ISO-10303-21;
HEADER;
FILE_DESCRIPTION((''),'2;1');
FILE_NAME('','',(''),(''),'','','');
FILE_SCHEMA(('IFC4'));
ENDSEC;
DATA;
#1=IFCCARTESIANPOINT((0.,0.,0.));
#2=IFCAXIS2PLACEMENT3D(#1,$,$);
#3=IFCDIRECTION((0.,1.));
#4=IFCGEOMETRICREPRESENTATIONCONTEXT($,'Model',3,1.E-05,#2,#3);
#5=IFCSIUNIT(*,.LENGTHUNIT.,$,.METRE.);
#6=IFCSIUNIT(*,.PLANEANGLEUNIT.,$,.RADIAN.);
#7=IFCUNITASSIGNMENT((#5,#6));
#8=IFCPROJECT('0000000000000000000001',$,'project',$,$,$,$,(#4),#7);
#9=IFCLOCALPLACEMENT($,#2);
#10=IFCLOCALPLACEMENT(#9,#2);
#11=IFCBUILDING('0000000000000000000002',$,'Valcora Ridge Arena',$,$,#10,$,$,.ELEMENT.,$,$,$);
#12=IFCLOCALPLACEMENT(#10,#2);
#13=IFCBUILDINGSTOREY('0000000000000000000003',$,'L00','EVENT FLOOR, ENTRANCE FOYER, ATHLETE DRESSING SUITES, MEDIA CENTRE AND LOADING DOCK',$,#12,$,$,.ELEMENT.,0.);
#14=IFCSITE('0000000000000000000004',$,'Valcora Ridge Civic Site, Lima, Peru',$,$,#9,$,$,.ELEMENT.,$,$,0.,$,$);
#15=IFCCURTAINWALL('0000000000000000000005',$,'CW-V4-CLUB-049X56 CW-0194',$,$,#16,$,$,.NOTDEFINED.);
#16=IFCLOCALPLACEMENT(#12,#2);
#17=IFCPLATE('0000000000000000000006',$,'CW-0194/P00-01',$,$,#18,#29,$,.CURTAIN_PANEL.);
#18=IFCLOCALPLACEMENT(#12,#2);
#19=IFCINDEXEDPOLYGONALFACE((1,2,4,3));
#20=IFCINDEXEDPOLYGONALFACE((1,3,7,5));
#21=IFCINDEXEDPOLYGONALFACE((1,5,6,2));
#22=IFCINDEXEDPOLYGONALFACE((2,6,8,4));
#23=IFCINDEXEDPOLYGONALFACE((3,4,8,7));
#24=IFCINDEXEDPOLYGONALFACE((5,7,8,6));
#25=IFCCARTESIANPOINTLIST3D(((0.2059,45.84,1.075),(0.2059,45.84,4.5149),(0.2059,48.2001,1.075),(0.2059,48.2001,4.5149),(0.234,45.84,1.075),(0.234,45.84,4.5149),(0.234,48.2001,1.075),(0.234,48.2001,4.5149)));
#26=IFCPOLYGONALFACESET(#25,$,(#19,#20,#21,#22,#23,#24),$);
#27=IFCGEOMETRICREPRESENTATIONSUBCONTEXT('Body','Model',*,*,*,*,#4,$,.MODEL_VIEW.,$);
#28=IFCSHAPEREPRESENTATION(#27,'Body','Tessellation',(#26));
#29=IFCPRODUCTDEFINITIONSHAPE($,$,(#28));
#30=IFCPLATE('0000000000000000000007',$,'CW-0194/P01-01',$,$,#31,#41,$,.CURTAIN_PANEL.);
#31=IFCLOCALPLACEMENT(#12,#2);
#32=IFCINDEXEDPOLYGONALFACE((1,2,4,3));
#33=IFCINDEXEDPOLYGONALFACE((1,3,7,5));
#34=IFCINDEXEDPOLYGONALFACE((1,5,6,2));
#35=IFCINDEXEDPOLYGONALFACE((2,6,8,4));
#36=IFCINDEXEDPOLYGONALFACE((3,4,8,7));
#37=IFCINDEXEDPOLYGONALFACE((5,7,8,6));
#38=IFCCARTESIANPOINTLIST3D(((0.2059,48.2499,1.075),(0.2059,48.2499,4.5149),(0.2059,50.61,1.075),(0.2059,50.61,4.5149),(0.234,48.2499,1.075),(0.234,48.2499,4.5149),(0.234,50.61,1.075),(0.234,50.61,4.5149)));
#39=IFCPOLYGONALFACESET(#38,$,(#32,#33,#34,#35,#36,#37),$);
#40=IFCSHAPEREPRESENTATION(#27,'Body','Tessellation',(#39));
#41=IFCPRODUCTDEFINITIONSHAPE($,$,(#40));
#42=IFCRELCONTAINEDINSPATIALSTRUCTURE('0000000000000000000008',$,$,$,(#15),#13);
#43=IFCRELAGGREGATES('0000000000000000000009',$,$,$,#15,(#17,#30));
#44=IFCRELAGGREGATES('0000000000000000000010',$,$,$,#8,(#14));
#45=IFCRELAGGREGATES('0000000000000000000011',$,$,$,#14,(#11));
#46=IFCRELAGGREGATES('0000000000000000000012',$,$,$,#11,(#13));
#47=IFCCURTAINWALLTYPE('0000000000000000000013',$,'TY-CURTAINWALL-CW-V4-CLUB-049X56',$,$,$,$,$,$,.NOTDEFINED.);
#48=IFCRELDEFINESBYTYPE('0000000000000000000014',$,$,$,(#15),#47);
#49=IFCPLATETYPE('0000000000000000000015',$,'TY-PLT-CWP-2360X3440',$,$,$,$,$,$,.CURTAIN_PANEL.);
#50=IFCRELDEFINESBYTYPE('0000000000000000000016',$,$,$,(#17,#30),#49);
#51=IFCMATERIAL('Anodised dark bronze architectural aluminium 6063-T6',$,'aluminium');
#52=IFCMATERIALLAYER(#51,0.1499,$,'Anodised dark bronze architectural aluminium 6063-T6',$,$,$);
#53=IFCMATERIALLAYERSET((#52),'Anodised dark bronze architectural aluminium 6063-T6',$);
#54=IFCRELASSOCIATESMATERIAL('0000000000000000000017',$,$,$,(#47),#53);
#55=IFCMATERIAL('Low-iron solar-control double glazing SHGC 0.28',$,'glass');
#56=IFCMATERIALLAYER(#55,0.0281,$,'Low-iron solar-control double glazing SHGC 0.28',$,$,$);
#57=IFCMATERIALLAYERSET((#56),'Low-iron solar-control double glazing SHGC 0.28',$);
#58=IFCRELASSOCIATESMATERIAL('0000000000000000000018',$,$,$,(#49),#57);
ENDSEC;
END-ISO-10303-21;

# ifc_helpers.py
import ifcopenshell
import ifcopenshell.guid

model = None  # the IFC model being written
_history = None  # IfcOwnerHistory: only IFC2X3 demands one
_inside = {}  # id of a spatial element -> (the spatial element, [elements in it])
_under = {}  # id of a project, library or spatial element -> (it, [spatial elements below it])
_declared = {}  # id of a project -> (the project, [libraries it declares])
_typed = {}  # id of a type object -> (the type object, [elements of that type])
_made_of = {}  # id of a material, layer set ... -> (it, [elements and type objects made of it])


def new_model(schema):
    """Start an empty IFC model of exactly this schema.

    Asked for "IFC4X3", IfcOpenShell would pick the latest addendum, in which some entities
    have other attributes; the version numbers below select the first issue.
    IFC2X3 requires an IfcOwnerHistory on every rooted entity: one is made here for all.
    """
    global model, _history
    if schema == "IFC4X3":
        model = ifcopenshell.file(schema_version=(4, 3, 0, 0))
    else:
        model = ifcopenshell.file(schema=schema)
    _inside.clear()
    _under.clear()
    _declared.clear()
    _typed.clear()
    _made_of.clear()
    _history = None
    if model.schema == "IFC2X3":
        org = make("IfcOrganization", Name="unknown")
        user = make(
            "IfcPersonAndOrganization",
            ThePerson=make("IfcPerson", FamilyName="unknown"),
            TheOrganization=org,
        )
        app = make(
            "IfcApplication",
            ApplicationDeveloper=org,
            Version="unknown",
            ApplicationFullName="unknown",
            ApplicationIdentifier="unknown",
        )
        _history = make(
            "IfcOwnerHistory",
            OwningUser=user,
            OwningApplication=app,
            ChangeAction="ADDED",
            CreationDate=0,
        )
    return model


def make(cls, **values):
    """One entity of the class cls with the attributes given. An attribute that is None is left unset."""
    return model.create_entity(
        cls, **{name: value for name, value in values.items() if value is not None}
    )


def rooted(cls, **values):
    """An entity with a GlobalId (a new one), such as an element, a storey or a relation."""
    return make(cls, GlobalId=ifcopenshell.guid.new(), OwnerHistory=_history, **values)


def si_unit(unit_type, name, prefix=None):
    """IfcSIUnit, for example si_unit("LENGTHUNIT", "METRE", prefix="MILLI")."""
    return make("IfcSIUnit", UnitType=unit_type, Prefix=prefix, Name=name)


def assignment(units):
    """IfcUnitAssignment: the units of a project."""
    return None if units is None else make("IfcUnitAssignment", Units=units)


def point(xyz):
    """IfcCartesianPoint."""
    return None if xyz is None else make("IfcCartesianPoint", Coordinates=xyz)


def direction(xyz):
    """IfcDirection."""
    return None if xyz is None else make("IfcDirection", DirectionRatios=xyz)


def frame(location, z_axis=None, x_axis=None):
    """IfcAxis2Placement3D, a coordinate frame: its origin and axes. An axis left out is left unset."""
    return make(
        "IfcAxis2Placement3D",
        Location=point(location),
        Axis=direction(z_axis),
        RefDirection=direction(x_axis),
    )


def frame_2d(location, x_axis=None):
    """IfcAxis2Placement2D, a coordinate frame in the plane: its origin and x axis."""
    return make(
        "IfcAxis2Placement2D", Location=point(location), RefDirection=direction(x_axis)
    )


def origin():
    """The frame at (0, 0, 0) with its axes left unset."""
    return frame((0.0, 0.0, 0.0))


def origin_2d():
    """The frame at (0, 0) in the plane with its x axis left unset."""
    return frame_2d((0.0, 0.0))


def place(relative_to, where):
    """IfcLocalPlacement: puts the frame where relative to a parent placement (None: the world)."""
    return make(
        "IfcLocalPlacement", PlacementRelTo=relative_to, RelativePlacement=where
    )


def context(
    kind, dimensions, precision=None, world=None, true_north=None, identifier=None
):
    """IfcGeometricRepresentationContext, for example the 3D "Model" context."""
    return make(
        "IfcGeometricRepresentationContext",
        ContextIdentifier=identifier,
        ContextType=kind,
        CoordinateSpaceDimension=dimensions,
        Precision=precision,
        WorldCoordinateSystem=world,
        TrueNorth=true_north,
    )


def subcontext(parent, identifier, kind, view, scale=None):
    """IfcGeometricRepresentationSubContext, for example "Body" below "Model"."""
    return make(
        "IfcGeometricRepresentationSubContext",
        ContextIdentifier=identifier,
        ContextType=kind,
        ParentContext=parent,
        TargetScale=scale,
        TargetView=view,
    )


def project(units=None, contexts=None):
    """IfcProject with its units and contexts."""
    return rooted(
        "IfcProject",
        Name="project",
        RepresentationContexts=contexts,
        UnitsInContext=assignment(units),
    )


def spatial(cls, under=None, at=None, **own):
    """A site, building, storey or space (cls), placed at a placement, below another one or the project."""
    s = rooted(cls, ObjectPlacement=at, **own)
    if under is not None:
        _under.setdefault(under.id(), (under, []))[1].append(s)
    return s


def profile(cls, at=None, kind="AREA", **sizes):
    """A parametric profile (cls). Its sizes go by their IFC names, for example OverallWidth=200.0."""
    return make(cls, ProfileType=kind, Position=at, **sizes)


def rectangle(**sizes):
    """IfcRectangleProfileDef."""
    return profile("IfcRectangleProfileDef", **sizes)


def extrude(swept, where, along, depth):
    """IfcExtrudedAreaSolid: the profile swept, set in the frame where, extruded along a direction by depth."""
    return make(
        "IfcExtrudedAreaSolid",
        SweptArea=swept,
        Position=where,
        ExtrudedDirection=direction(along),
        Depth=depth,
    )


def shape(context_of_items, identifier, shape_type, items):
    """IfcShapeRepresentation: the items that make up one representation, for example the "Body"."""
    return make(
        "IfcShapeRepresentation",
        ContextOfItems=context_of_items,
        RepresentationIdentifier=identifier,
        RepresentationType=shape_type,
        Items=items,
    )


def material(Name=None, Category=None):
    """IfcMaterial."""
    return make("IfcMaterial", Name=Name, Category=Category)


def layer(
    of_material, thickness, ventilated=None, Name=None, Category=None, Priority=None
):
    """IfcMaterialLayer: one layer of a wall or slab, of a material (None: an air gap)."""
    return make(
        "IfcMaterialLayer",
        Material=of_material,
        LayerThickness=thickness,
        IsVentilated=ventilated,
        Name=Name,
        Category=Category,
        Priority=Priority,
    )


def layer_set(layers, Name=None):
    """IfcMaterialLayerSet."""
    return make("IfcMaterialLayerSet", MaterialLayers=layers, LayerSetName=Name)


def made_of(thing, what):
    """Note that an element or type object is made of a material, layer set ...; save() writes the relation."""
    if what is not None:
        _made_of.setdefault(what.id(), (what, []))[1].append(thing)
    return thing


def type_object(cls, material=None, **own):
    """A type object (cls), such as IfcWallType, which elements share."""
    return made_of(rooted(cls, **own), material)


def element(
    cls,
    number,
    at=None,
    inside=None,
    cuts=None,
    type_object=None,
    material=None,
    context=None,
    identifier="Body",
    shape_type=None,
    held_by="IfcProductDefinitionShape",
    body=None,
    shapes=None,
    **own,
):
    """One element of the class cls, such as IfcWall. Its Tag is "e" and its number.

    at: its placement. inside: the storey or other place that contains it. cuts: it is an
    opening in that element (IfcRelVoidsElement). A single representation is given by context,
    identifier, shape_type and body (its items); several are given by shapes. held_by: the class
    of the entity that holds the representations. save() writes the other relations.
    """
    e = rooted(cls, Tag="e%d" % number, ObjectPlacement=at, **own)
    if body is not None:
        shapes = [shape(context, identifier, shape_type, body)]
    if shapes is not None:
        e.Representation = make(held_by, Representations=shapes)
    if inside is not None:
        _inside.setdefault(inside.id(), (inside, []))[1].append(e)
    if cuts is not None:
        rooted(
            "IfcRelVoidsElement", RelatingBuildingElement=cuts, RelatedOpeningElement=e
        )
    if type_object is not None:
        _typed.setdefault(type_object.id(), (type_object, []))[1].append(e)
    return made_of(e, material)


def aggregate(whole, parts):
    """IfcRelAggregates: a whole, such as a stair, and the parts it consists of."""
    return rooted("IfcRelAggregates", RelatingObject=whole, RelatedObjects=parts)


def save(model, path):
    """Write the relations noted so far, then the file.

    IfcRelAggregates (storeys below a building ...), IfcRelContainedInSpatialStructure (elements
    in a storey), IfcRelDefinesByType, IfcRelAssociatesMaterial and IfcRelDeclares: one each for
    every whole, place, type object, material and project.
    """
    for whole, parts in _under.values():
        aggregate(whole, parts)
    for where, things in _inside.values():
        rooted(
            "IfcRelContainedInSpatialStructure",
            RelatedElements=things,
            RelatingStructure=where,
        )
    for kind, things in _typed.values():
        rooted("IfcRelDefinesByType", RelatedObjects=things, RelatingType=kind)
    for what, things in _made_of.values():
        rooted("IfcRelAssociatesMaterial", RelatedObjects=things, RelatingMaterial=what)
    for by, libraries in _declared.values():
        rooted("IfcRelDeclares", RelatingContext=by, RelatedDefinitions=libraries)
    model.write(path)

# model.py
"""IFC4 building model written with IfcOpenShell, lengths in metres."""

from ifc_helpers import new_model, si_unit, direction, frame, origin, origin_2d, place, context, subcontext, project, spatial, rectangle, extrude, material, layer, layer_set, type_object, element, aggregate, save


model = new_model("IFC4")

# Units and contexts
model_context = context("Model", 3, precision=1e-05, world=origin(), true_north=direction((0.0, 1.0)))
body_context = subcontext(model_context, "Body", "Model", "MODEL_VIEW")
ifc_project = project(units=[si_unit("LENGTHUNIT", "METRE"), si_unit("PLANEANGLEUNIT", "RADIAN")], contexts=[model_context])

# Site, building, storey
site_placement = place(None, origin())
site = spatial("IfcSite", under=ifc_project, at=site_placement, Name="Valcora Ridge Civic Site, Lima, Peru", CompositionType="ELEMENT", RefElevation=0.0)
building_placement = place(site_placement, origin())
building = spatial("IfcBuilding", under=site, at=building_placement, Name="Valcora Ridge Arena", CompositionType="ELEMENT")
storey_placement = place(building_placement, origin())
storey = spatial("IfcBuildingStorey", under=building, at=storey_placement, Name="L00", Description="EVENT FLOOR, ENTRANCE FOYER, ATHLETE DRESSING SUITES, MEDIA CENTRE AND LOADING DOCK", CompositionType="ELEMENT", Elevation=0.0)

# Curtain wall
ifc_material_1 = material(Name="Anodised dark bronze architectural aluminium 6063-T6", Category="aluminium")
ifc_layer_1 = layer(ifc_material_1, 0.1499, Name="Anodised dark bronze architectural aluminium 6063-T6")
ifc_layer_set_1 = layer_set([ifc_layer_1], Name="Anodised dark bronze architectural aluminium 6063-T6")
curtain_wall_type_1 = type_object("IfcCurtainWallType", Name="TY-CURTAINWALL-CW-V4-CLUB-049X56", PredefinedType="NOTDEFINED", material=ifc_layer_set_1)
curtain_wall_1_placement = place(storey_placement, origin())
curtain_wall_1 = element("IfcCurtainWall", 1, at=curtain_wall_1_placement, inside=storey, type_object=curtain_wall_type_1, Name="CW-V4-CLUB-049X56 CW-0194", PredefinedType="NOTDEFINED")

# Plates
ifc_material_2 = material(Name="Low-iron solar-control double glazing SHGC 0.28", Category="glass")
ifc_layer_2 = layer(ifc_material_2, 0.0281, Name="Low-iron solar-control double glazing SHGC 0.28")
ifc_layer_set_2 = layer_set([ifc_layer_2], Name="Low-iron solar-control double glazing SHGC 0.28")
plate_type_1 = type_object("IfcPlateType", Name="TY-PLT-CWP-2360X3440", PredefinedType="CURTAIN_PANEL", material=ifc_layer_set_2)
plate_1_placement = place(storey_placement, frame((0.22, 47.02, 1.075), z_axis=(0.0, 0.0, 1.0), x_axis=(0.0, 1.0, 0.0)))
plate_1 = element("IfcPlate", 2, at=plate_1_placement, type_object=plate_type_1, Name="CW-0194/P00-01", PredefinedType="CURTAIN_PANEL", context=body_context, shape_type="SweptSolid", body=[
    extrude(rectangle(XDim=2.3601, YDim=0.0281, at=origin_2d()), origin(), (0.0, 0.0, 1.0), 3.4399),
])
plate_2_placement = place(storey_placement, frame((0.22, 49.4299, 1.075), z_axis=(0.0, 0.0, 1.0), x_axis=(0.0, 1.0, 0.0)))
plate_2 = element("IfcPlate", 3, at=plate_2_placement, type_object=plate_type_1, Name="CW-0194/P01-01", PredefinedType="CURTAIN_PANEL", context=body_context, shape_type="SweptSolid", body=[
    extrude(rectangle(XDim=2.3601, YDim=0.0281, at=origin_2d()), origin(), (0.0, 0.0, 1.0), 3.4399),
])
aggregate(curtain_wall_1, [plate_1, plate_2])

save(model, "model.ifc")
